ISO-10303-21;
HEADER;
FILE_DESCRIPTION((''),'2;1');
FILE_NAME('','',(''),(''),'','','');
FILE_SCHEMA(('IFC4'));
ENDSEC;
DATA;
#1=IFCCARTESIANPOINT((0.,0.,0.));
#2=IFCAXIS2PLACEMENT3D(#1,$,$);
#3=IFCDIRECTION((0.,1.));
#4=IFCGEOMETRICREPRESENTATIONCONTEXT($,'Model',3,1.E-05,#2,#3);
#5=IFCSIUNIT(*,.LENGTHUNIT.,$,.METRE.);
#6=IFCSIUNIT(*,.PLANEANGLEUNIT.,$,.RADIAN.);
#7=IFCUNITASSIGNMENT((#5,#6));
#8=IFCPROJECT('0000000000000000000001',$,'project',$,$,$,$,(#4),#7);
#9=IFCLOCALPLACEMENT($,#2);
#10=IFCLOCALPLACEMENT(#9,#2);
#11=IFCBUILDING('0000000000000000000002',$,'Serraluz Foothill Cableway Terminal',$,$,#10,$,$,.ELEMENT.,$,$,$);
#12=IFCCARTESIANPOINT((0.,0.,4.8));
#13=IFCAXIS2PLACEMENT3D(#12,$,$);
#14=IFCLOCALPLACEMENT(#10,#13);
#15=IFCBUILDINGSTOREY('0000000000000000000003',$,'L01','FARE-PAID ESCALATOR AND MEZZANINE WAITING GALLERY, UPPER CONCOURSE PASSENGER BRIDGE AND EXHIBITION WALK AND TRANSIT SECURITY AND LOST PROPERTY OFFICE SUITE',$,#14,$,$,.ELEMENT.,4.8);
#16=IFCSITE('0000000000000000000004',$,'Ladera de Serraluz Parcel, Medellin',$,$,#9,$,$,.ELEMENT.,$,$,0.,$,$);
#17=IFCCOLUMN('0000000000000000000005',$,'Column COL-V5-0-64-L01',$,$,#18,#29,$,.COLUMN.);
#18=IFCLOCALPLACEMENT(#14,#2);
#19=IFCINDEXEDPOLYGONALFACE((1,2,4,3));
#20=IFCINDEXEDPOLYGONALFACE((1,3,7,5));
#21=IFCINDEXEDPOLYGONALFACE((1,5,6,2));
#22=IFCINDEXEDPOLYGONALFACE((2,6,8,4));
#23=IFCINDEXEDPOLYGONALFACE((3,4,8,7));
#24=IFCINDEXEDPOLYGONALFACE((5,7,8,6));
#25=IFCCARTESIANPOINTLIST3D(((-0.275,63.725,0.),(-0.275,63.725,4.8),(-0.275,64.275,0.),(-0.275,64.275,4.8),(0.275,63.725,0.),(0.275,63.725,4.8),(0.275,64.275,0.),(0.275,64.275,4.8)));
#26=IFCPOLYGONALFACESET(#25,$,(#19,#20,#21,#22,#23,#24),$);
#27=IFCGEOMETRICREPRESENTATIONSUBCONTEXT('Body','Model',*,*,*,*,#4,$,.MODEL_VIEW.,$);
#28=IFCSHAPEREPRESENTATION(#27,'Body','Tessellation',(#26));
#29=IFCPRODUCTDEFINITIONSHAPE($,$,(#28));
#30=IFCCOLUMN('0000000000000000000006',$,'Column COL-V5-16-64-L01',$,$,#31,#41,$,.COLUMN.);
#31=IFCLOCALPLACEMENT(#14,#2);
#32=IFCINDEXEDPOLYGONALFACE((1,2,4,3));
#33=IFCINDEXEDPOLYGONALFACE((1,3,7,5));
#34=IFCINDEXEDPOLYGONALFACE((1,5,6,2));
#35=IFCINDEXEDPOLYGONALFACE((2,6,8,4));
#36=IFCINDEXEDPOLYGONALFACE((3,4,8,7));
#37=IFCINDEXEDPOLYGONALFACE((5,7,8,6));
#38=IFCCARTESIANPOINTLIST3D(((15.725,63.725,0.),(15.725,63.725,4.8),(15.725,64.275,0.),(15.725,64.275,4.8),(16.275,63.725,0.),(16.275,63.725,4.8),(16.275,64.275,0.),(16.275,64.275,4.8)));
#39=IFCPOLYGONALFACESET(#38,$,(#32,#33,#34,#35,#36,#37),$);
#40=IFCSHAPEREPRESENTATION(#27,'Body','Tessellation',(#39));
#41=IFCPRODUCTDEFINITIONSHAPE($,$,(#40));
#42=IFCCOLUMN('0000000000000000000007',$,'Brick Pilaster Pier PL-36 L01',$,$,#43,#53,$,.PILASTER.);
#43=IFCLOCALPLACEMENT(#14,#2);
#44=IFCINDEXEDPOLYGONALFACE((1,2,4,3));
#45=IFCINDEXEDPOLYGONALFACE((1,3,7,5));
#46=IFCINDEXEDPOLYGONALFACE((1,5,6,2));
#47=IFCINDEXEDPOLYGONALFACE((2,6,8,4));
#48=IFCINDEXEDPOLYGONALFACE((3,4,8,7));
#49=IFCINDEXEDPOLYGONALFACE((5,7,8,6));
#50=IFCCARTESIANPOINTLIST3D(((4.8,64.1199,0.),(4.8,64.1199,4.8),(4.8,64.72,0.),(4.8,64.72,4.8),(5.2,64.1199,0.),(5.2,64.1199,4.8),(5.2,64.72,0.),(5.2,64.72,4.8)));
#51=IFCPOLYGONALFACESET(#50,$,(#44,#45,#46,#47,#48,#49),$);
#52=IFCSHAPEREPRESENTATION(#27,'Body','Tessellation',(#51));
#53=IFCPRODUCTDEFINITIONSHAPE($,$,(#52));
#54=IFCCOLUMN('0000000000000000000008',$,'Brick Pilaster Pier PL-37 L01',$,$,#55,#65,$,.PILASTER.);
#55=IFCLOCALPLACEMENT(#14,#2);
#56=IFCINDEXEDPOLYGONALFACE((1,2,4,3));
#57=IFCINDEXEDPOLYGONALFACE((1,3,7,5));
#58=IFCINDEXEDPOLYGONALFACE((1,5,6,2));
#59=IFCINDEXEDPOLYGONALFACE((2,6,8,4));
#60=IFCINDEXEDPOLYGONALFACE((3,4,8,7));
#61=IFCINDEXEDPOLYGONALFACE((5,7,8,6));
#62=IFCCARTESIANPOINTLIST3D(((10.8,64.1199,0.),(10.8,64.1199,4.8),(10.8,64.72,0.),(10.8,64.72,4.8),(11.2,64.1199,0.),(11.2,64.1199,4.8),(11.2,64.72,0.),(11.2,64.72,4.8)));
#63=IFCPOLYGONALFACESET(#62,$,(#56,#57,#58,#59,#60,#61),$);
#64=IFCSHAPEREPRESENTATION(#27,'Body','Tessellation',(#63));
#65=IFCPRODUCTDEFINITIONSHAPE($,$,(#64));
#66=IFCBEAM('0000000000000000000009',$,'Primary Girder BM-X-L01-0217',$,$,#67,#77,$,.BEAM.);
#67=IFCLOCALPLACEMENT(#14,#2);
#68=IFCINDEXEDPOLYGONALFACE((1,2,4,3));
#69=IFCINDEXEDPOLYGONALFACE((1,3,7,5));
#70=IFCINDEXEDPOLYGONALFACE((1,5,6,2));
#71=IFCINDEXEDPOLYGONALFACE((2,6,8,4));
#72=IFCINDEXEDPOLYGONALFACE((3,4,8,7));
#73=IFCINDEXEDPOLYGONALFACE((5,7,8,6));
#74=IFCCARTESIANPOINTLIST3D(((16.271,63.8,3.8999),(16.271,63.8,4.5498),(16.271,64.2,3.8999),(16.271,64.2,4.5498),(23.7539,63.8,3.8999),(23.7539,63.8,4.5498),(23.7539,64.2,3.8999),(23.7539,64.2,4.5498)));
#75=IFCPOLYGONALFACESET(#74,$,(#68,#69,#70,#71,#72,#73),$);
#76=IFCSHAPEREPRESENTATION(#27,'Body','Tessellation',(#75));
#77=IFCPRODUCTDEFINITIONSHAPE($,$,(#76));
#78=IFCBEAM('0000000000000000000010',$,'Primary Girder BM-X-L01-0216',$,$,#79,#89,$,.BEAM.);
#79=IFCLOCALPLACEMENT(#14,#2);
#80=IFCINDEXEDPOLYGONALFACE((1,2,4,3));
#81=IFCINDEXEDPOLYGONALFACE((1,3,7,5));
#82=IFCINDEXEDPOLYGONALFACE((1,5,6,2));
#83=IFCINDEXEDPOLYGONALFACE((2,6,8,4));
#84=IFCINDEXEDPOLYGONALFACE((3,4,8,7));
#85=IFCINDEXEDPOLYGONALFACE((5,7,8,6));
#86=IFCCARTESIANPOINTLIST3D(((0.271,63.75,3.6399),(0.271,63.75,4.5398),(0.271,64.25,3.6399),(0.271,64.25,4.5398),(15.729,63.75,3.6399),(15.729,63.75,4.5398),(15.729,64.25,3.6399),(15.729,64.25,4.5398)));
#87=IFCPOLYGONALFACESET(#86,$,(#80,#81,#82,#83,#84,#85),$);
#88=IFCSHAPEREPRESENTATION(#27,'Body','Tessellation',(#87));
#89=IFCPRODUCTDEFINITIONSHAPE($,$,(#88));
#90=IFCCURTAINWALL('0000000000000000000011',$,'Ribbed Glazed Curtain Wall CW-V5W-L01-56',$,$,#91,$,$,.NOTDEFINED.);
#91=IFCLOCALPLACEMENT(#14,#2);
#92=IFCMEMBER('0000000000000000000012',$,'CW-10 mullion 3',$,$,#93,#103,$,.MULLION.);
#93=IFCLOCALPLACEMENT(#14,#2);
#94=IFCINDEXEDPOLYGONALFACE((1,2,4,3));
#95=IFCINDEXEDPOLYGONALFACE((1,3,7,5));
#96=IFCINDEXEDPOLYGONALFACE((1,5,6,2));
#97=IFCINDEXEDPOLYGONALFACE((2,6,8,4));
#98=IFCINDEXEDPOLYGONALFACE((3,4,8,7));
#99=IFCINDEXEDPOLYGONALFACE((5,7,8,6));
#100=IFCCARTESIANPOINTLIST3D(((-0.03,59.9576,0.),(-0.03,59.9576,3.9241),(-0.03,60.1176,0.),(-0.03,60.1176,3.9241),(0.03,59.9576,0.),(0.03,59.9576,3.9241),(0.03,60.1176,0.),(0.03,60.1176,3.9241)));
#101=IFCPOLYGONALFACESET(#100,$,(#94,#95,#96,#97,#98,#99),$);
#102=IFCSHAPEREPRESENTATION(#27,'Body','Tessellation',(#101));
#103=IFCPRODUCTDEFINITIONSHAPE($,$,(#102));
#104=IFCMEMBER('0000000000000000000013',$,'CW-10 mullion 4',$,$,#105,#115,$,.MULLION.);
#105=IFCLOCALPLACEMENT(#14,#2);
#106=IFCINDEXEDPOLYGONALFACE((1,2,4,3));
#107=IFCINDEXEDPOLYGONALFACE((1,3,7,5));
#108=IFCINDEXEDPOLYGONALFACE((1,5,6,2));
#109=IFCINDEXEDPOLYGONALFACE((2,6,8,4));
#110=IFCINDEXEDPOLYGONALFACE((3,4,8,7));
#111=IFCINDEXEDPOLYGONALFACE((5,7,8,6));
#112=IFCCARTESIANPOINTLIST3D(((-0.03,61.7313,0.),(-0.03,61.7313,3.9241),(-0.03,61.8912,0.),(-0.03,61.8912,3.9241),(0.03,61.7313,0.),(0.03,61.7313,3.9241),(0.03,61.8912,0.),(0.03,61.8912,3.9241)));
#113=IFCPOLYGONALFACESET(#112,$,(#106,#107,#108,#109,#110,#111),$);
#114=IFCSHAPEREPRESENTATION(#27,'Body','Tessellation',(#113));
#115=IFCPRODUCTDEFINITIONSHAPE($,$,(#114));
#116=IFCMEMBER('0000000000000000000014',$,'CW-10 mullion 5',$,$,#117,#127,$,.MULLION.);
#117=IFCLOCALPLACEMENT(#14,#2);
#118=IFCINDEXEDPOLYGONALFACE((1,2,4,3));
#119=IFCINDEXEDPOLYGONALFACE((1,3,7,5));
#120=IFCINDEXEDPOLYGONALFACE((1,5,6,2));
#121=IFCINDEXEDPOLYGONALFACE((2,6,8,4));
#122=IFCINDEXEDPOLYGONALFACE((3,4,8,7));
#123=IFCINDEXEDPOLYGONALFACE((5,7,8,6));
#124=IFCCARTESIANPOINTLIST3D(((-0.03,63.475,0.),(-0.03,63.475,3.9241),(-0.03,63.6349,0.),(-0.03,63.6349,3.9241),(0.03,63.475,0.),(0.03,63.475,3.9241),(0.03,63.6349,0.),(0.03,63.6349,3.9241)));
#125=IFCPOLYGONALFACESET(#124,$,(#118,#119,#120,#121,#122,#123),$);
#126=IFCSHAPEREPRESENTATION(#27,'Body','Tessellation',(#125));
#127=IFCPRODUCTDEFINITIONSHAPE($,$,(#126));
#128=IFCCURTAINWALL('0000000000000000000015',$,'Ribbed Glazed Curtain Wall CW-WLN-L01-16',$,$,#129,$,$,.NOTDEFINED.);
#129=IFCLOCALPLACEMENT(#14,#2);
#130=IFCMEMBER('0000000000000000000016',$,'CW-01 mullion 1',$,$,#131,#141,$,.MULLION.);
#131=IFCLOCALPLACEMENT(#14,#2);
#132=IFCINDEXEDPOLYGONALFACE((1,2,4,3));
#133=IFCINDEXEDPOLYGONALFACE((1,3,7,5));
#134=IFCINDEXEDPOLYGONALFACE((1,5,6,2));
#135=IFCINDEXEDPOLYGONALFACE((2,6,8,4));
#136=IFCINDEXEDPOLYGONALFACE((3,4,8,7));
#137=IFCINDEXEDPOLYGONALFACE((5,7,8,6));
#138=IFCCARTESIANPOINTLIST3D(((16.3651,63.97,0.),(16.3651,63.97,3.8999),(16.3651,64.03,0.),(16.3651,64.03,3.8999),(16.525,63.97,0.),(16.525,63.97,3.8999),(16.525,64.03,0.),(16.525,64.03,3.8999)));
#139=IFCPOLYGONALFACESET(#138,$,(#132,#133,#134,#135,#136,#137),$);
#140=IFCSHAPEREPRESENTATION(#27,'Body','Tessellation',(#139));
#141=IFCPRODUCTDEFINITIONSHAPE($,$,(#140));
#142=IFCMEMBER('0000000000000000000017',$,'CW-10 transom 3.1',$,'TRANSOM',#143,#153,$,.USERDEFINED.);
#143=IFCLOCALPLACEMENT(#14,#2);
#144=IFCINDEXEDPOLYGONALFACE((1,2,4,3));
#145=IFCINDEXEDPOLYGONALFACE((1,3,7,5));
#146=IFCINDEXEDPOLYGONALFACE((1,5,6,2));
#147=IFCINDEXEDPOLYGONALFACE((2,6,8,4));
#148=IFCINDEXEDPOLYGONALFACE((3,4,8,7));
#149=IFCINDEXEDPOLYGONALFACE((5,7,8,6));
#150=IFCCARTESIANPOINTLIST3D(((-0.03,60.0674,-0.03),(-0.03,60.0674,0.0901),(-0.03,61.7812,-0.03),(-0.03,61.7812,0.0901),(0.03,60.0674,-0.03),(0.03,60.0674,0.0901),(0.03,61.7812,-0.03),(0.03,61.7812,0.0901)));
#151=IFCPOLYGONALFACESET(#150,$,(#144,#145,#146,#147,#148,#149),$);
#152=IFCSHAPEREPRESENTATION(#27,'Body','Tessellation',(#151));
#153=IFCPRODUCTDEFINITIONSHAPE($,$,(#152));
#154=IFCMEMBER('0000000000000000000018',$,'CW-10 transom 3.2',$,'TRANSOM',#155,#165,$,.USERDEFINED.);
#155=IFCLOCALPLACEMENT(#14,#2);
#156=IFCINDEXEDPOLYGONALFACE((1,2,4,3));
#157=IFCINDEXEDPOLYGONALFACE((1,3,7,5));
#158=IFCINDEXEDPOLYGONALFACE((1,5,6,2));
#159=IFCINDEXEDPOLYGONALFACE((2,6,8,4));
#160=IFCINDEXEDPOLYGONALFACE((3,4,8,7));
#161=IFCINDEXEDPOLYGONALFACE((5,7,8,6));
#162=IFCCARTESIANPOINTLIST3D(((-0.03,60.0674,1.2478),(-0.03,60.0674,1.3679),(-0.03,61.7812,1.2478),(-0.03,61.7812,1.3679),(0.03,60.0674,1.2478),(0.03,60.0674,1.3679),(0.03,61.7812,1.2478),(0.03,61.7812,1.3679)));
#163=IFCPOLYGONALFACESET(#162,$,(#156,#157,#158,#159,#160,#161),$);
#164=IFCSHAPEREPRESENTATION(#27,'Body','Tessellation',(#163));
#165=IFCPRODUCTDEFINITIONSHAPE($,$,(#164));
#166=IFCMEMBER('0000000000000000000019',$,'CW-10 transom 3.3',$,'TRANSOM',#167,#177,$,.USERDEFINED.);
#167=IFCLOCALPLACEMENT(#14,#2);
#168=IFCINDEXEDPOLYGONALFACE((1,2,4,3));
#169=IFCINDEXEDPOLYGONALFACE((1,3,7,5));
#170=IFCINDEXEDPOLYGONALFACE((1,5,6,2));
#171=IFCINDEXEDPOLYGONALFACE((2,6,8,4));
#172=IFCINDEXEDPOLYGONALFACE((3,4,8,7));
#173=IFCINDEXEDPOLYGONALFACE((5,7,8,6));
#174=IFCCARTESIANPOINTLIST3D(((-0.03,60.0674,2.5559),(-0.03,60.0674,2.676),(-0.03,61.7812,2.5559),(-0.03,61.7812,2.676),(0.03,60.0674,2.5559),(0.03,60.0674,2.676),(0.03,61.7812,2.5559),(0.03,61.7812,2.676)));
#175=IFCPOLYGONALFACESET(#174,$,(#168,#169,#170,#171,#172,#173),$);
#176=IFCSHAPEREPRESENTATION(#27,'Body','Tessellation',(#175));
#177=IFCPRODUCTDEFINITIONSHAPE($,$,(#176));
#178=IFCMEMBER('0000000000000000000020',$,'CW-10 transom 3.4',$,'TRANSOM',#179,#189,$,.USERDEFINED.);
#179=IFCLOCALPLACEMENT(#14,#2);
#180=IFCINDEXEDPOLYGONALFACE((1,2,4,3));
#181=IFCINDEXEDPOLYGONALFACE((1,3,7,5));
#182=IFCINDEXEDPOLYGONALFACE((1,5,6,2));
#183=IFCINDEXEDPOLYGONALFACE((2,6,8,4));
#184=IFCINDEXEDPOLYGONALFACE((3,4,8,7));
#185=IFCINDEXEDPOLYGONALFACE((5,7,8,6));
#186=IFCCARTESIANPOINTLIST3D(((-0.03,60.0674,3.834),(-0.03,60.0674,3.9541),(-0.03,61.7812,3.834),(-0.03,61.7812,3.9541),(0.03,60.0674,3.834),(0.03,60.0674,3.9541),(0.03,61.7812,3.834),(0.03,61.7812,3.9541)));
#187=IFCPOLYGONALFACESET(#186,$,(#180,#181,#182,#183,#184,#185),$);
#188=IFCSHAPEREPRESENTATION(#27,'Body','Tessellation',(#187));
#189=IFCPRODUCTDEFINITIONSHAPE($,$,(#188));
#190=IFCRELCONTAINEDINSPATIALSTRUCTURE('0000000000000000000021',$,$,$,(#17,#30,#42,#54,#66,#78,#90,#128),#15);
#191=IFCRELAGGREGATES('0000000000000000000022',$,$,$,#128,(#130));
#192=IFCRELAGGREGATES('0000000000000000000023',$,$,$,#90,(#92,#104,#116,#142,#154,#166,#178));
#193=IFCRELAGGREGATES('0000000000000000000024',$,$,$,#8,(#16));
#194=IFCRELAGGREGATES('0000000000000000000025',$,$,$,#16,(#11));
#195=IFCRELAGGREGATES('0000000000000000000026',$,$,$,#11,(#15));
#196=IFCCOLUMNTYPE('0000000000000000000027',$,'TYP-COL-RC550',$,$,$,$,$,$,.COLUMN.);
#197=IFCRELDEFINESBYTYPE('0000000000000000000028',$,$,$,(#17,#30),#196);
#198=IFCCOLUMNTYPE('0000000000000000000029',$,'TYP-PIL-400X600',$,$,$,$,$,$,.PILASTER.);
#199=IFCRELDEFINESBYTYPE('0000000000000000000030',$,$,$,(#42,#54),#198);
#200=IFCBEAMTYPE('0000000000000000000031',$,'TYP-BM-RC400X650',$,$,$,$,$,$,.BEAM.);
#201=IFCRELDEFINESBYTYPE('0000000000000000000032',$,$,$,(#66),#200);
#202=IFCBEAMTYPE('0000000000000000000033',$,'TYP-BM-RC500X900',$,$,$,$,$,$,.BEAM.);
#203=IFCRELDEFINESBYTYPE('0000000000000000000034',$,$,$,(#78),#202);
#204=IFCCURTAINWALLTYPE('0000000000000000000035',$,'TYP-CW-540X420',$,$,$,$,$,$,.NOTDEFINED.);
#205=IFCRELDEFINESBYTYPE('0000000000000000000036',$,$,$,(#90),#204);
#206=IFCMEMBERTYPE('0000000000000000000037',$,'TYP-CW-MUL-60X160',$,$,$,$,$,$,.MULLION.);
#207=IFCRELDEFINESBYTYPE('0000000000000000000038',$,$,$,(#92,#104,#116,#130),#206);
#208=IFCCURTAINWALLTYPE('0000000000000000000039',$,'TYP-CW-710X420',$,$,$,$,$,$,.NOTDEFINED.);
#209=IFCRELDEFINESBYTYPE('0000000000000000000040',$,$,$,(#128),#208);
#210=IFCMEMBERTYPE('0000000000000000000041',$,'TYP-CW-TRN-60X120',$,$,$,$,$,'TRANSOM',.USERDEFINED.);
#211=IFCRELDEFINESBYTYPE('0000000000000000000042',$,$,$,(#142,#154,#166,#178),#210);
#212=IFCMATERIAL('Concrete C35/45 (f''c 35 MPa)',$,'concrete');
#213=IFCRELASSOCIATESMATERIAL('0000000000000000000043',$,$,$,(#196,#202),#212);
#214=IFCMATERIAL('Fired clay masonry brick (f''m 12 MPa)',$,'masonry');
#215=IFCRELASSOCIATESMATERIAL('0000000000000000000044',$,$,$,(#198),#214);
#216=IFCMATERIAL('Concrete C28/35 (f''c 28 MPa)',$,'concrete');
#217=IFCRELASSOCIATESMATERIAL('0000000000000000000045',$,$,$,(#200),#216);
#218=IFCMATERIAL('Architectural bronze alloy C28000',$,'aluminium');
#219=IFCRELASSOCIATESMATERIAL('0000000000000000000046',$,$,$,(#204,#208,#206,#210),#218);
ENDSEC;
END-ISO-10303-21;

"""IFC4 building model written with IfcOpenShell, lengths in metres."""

from ifc_helpers import new_model, si_unit, direction, frame, origin, origin_2d, place, context, subcontext, project, spatial, rectangle, extrude, material, material_profile, profile_set, type_object, element, aggregate, save


model = new_model("IFC4")

# Units and contexts
model_context = context("Model", 3, precision=1e-05, world=origin(), true_north=direction((0.0, 1.0)))
body_context = subcontext(model_context, "Body", "Model", "MODEL_VIEW")
ifc_project = project(units=[si_unit("LENGTHUNIT", "METRE"), si_unit("PLANEANGLEUNIT", "RADIAN")], contexts=[model_context])

# Site, building, storey
site_placement = place(None, origin())
site = spatial("IfcSite", under=ifc_project, at=site_placement, Name="Ladera de Serraluz Parcel, Medellin", CompositionType="ELEMENT", RefElevation=0.0)
building_placement = place(site_placement, origin())
building = spatial("IfcBuilding", under=site, at=building_placement, Name="Serraluz Foothill Cableway Terminal", CompositionType="ELEMENT")
storey_placement = place(building_placement, frame((0.0, 0.0, 4.8)))
storey = spatial("IfcBuildingStorey", under=building, at=storey_placement, Name="L01", Description="FARE-PAID ESCALATOR AND MEZZANINE WAITING GALLERY, UPPER CONCOURSE PASSENGER BRIDGE AND EXHIBITION WALK AND TRANSIT SECURITY AND LOST PROPERTY OFFICE SUITE", CompositionType="ELEMENT", Elevation=4.8)

# Columns
ifc_material_1 = material(Name="Concrete C35/45 (f'c 35 MPa)", Category="concrete")
ifc_material_profile_1 = material_profile(ifc_material_1, rectangle(XDim=0.55, YDim=0.55, at=origin_2d()), Name="RC 550x550")
ifc_profile_set_1 = profile_set([ifc_material_profile_1], Name="Concrete C35/45 (f'c 35 MPa)")
column_type_1 = type_object("IfcColumnType", Name="TYP-COL-RC550", PredefinedType="COLUMN", material=ifc_profile_set_1)
for number, where, z_axis, x_axis, name in (
    (1, (0.0, 64.0, 0.0), (0.0, 0.0, 1.0), (1.0, 0.0, 0.0), "Column COL-V5-0-64-L01"),
    (2, (16.0, 64.0, 0.0), (0.0, 0.0, 1.0), (1.0, 0.0, 0.0), "Column COL-V5-16-64-L01"),
):
    element("IfcColumn", number, at=place(storey_placement, frame(where, z_axis=z_axis, x_axis=x_axis)), inside=storey, type_object=column_type_1, Name=name, PredefinedType="COLUMN", context=body_context, shape_type="SweptSolid", body=[
        extrude(rectangle(XDim=0.55, YDim=0.55, at=origin_2d()), origin(), (0.0, 0.0, 1.0), 4.8),
    ])
ifc_material_2 = material(Name="Fired clay masonry brick (f'm 12 MPa)", Category="masonry")
ifc_material_profile_2 = material_profile(ifc_material_2, rectangle(XDim=0.3999, YDim=0.6001, at=origin_2d()), Name="PIL 400x600")
ifc_profile_set_2 = profile_set([ifc_material_profile_2], Name="Fired clay masonry brick (f'm 12 MPa)")
column_type_2 = type_object("IfcColumnType", Name="TYP-PIL-400X600", PredefinedType="PILASTER", material=ifc_profile_set_2)
for number, where, z_axis, x_axis, name in (
    (3, (5.0, 64.4199, 0.0), (0.0, 0.0, 1.0), (1.0, 0.0, 0.0), "Brick Pilaster Pier PL-36 L01"),
    (4, (11.0, 64.4199, 0.0), (0.0, 0.0, 1.0), (1.0, 0.0, 0.0), "Brick Pilaster Pier PL-37 L01"),
):
    element("IfcColumn", number, at=place(storey_placement, frame(where, z_axis=z_axis, x_axis=x_axis)), inside=storey, type_object=column_type_2, Name=name, PredefinedType="PILASTER", context=body_context, shape_type="SweptSolid", body=[
        extrude(rectangle(XDim=0.3999, YDim=0.6001, at=origin_2d()), origin(), (0.0, 0.0, 1.0), 4.8),
    ])

# Beams
ifc_material_3 = material(Name="Concrete C28/35 (f'c 28 MPa)", Category="concrete")
ifc_material_profile_3 = material_profile(ifc_material_3, rectangle(XDim=0.3999, YDim=0.6499, at=origin_2d()), Name="RC 400x650")
ifc_profile_set_3 = profile_set([ifc_material_profile_3], Name="Concrete C28/35 (f'c 28 MPa)")
beam_type_1 = type_object("IfcBeamType", Name="TYP-BM-RC400X650", PredefinedType="BEAM", material=ifc_profile_set_3)
beam_1_placement = place(storey_placement, frame((16.271, 64.0, 4.2249), z_axis=(1.0, 0.0, 0.0), x_axis=(0.0, 1.0, 0.0)))
element("IfcBeam", 5, at=beam_1_placement, inside=storey, type_object=beam_type_1, Name="Primary Girder BM-X-L01-0217", PredefinedType="BEAM", context=body_context, shape_type="SweptSolid", body=[
    extrude(rectangle(XDim=0.3999, YDim=0.6499, at=origin_2d()), origin(), (0.0, 0.0, 1.0), 7.4829),
])
ifc_material_profile_4 = material_profile(ifc_material_1, rectangle(XDim=0.5, YDim=0.8999, at=origin_2d()), Name="RC 500x900")
ifc_profile_set_4 = profile_set([ifc_material_profile_4], Name="Concrete C35/45 (f'c 35 MPa)")
beam_type_2 = type_object("IfcBeamType", Name="TYP-BM-RC500X900", PredefinedType="BEAM", material=ifc_profile_set_4)
beam_2_placement = place(storey_placement, frame((0.271, 64.0, 4.0898), z_axis=(1.0, 0.0, 0.0), x_axis=(0.0, 1.0, 0.0)))
element("IfcBeam", 6, at=beam_2_placement, inside=storey, type_object=beam_type_2, Name="Primary Girder BM-X-L01-0216", PredefinedType="BEAM", context=body_context, shape_type="SweptSolid", body=[
    extrude(rectangle(XDim=0.5, YDim=0.8999, at=origin_2d()), origin(), (0.0, 0.0, 1.0), 15.458),
])

# Curtain wall, members
ifc_material_4 = material(Name="Architectural bronze alloy C28000", Category="aluminium")
curtain_wall_type_1 = type_object("IfcCurtainWallType", Name="TYP-CW-540X420", PredefinedType="NOTDEFINED", material=ifc_material_4)
curtain_wall_1_placement = place(storey_placement, origin())
curtain_wall_1 = element("IfcCurtainWall", 7, at=curtain_wall_1_placement, inside=storey, type_object=curtain_wall_type_1, Name="Ribbed Glazed Curtain Wall CW-V5W-L01-56", PredefinedType="NOTDEFINED")
ifc_material_profile_5 = material_profile(ifc_material_4, rectangle(XDim=0.0601, YDim=0.1599, at=origin_2d()), Name="ALU MULLION 60x160")
ifc_profile_set_5 = profile_set([ifc_material_profile_5], Name="Architectural bronze alloy C28000")
member_type_1 = type_object("IfcMemberType", Name="TYP-CW-MUL-60X160", PredefinedType="MULLION", material=ifc_profile_set_5)
member_1_placement = place(storey_placement, frame((0.0, 60.0376, 0.0), z_axis=(0.0, 0.0, 1.0), x_axis=(-1.0, 0.0, 0.0)))
member_1 = element("IfcMember", 8, at=member_1_placement, type_object=member_type_1, Name="CW-10 mullion 3", PredefinedType="MULLION", context=body_context, shape_type="SweptSolid", body=[
    extrude(rectangle(XDim=0.0601, YDim=0.1599, at=origin_2d()), origin(), (0.0, 0.0, 1.0), 3.9241),
])
member_2_placement = place(storey_placement, frame((0.0, 61.8113, 0.0), z_axis=(0.0, 0.0, 1.0), x_axis=(-1.0, 0.0, 0.0)))
member_2 = element("IfcMember", 9, at=member_2_placement, type_object=member_type_1, Name="CW-10 mullion 4", PredefinedType="MULLION", context=body_context, shape_type="SweptSolid", body=[
    extrude(rectangle(XDim=0.0601, YDim=0.1599, at=origin_2d()), origin(), (0.0, 0.0, 1.0), 3.9241),
])
member_3_placement = place(storey_placement, frame((0.0, 63.5549, 0.0), z_axis=(0.0, 0.0, 1.0), x_axis=(-1.0, 0.0, 0.0)))
member_3 = element("IfcMember", 10, at=member_3_placement, type_object=member_type_1, Name="CW-10 mullion 5", PredefinedType="MULLION", context=body_context, shape_type="SweptSolid", body=[
    extrude(rectangle(XDim=0.0601, YDim=0.1599, at=origin_2d()), origin(), (0.0, 0.0, 1.0), 3.9241),
])

# Curtain wall, member
curtain_wall_type_2 = type_object("IfcCurtainWallType", Name="TYP-CW-710X420", PredefinedType="NOTDEFINED", material=ifc_material_4)
curtain_wall_2_placement = place(storey_placement, origin())
curtain_wall_2 = element("IfcCurtainWall", 11, at=curtain_wall_2_placement, inside=storey, type_object=curtain_wall_type_2, Name="Ribbed Glazed Curtain Wall CW-WLN-L01-16", PredefinedType="NOTDEFINED")
member_4_placement = place(storey_placement, frame((16.4451, 64.0, 0.0), z_axis=(0.0, 0.0, 1.0), x_axis=(0.0, 1.0, 0.0)))
member_4 = element("IfcMember", 12, at=member_4_placement, type_object=member_type_1, Name="CW-01 mullion 1", PredefinedType="MULLION", context=body_context, shape_type="SweptSolid", body=[
    extrude(rectangle(XDim=0.0601, YDim=0.1599, at=origin_2d()), origin(), (0.0, 0.0, 1.0), 3.8999),
])

# Members
ifc_material_profile_6 = material_profile(ifc_material_4, rectangle(XDim=0.0601, YDim=0.1201, at=origin_2d()), Name="ALU TRANSOM 60x120")
ifc_profile_set_6 = profile_set([ifc_material_profile_6], Name="Architectural bronze alloy C28000")
member_type_2 = type_object("IfcMemberType", Name="TYP-CW-TRN-60X120", ElementType="TRANSOM", PredefinedType="USERDEFINED", material=ifc_profile_set_6)
member_5_placement = place(storey_placement, frame((0.0, 60.0674, 0.03), z_axis=(0.0, 1.0, 0.0), x_axis=(-1.0, 0.0, 0.0)))
member_5 = element("IfcMember", 13, at=member_5_placement, type_object=member_type_2, Name="CW-10 transom 3.1", ObjectType="TRANSOM", PredefinedType="USERDEFINED", context=body_context, shape_type="SweptSolid", body=[
    extrude(rectangle(XDim=0.0601, YDim=0.1201, at=origin_2d()), origin(), (0.0, 0.0, 1.0), 1.7139),
])
member_6_placement = place(storey_placement, frame((0.0, 60.0674, 1.3079), z_axis=(0.0, 1.0, 0.0), x_axis=(-1.0, 0.0, 0.0)))
member_6 = element("IfcMember", 14, at=member_6_placement, type_object=member_type_2, Name="CW-10 transom 3.2", ObjectType="TRANSOM", PredefinedType="USERDEFINED", context=body_context, shape_type="SweptSolid", body=[
    extrude(rectangle(XDim=0.0601, YDim=0.1201, at=origin_2d()), origin(), (0.0, 0.0, 1.0), 1.7139),
])
member_7_placement = place(storey_placement, frame((0.0, 60.0674, 2.616), z_axis=(0.0, 1.0, 0.0), x_axis=(-1.0, 0.0, 0.0)))
member_7 = element("IfcMember", 15, at=member_7_placement, type_object=member_type_2, Name="CW-10 transom 3.3", ObjectType="TRANSOM", PredefinedType="USERDEFINED", context=body_context, shape_type="SweptSolid", body=[
    extrude(rectangle(XDim=0.0601, YDim=0.1201, at=origin_2d()), origin(), (0.0, 0.0, 1.0), 1.7139),
])
member_8_placement = place(storey_placement, frame((0.0, 60.0674, 3.894), z_axis=(0.0, 1.0, 0.0), x_axis=(-1.0, 0.0, 0.0)))
member_8 = element("IfcMember", 16, at=member_8_placement, type_object=member_type_2, Name="CW-10 transom 3.4", ObjectType="TRANSOM", PredefinedType="USERDEFINED", context=body_context, shape_type="SweptSolid", body=[
    extrude(rectangle(XDim=0.0601, YDim=0.1201, at=origin_2d()), origin(), (0.0, 0.0, 1.0), 1.7139),
])
aggregate(curtain_wall_2, [member_4])

aggregate(curtain_wall_1, [member_1, member_2, member_3, member_5, member_6, member_7, member_8])

save(model, "model.ifc")
